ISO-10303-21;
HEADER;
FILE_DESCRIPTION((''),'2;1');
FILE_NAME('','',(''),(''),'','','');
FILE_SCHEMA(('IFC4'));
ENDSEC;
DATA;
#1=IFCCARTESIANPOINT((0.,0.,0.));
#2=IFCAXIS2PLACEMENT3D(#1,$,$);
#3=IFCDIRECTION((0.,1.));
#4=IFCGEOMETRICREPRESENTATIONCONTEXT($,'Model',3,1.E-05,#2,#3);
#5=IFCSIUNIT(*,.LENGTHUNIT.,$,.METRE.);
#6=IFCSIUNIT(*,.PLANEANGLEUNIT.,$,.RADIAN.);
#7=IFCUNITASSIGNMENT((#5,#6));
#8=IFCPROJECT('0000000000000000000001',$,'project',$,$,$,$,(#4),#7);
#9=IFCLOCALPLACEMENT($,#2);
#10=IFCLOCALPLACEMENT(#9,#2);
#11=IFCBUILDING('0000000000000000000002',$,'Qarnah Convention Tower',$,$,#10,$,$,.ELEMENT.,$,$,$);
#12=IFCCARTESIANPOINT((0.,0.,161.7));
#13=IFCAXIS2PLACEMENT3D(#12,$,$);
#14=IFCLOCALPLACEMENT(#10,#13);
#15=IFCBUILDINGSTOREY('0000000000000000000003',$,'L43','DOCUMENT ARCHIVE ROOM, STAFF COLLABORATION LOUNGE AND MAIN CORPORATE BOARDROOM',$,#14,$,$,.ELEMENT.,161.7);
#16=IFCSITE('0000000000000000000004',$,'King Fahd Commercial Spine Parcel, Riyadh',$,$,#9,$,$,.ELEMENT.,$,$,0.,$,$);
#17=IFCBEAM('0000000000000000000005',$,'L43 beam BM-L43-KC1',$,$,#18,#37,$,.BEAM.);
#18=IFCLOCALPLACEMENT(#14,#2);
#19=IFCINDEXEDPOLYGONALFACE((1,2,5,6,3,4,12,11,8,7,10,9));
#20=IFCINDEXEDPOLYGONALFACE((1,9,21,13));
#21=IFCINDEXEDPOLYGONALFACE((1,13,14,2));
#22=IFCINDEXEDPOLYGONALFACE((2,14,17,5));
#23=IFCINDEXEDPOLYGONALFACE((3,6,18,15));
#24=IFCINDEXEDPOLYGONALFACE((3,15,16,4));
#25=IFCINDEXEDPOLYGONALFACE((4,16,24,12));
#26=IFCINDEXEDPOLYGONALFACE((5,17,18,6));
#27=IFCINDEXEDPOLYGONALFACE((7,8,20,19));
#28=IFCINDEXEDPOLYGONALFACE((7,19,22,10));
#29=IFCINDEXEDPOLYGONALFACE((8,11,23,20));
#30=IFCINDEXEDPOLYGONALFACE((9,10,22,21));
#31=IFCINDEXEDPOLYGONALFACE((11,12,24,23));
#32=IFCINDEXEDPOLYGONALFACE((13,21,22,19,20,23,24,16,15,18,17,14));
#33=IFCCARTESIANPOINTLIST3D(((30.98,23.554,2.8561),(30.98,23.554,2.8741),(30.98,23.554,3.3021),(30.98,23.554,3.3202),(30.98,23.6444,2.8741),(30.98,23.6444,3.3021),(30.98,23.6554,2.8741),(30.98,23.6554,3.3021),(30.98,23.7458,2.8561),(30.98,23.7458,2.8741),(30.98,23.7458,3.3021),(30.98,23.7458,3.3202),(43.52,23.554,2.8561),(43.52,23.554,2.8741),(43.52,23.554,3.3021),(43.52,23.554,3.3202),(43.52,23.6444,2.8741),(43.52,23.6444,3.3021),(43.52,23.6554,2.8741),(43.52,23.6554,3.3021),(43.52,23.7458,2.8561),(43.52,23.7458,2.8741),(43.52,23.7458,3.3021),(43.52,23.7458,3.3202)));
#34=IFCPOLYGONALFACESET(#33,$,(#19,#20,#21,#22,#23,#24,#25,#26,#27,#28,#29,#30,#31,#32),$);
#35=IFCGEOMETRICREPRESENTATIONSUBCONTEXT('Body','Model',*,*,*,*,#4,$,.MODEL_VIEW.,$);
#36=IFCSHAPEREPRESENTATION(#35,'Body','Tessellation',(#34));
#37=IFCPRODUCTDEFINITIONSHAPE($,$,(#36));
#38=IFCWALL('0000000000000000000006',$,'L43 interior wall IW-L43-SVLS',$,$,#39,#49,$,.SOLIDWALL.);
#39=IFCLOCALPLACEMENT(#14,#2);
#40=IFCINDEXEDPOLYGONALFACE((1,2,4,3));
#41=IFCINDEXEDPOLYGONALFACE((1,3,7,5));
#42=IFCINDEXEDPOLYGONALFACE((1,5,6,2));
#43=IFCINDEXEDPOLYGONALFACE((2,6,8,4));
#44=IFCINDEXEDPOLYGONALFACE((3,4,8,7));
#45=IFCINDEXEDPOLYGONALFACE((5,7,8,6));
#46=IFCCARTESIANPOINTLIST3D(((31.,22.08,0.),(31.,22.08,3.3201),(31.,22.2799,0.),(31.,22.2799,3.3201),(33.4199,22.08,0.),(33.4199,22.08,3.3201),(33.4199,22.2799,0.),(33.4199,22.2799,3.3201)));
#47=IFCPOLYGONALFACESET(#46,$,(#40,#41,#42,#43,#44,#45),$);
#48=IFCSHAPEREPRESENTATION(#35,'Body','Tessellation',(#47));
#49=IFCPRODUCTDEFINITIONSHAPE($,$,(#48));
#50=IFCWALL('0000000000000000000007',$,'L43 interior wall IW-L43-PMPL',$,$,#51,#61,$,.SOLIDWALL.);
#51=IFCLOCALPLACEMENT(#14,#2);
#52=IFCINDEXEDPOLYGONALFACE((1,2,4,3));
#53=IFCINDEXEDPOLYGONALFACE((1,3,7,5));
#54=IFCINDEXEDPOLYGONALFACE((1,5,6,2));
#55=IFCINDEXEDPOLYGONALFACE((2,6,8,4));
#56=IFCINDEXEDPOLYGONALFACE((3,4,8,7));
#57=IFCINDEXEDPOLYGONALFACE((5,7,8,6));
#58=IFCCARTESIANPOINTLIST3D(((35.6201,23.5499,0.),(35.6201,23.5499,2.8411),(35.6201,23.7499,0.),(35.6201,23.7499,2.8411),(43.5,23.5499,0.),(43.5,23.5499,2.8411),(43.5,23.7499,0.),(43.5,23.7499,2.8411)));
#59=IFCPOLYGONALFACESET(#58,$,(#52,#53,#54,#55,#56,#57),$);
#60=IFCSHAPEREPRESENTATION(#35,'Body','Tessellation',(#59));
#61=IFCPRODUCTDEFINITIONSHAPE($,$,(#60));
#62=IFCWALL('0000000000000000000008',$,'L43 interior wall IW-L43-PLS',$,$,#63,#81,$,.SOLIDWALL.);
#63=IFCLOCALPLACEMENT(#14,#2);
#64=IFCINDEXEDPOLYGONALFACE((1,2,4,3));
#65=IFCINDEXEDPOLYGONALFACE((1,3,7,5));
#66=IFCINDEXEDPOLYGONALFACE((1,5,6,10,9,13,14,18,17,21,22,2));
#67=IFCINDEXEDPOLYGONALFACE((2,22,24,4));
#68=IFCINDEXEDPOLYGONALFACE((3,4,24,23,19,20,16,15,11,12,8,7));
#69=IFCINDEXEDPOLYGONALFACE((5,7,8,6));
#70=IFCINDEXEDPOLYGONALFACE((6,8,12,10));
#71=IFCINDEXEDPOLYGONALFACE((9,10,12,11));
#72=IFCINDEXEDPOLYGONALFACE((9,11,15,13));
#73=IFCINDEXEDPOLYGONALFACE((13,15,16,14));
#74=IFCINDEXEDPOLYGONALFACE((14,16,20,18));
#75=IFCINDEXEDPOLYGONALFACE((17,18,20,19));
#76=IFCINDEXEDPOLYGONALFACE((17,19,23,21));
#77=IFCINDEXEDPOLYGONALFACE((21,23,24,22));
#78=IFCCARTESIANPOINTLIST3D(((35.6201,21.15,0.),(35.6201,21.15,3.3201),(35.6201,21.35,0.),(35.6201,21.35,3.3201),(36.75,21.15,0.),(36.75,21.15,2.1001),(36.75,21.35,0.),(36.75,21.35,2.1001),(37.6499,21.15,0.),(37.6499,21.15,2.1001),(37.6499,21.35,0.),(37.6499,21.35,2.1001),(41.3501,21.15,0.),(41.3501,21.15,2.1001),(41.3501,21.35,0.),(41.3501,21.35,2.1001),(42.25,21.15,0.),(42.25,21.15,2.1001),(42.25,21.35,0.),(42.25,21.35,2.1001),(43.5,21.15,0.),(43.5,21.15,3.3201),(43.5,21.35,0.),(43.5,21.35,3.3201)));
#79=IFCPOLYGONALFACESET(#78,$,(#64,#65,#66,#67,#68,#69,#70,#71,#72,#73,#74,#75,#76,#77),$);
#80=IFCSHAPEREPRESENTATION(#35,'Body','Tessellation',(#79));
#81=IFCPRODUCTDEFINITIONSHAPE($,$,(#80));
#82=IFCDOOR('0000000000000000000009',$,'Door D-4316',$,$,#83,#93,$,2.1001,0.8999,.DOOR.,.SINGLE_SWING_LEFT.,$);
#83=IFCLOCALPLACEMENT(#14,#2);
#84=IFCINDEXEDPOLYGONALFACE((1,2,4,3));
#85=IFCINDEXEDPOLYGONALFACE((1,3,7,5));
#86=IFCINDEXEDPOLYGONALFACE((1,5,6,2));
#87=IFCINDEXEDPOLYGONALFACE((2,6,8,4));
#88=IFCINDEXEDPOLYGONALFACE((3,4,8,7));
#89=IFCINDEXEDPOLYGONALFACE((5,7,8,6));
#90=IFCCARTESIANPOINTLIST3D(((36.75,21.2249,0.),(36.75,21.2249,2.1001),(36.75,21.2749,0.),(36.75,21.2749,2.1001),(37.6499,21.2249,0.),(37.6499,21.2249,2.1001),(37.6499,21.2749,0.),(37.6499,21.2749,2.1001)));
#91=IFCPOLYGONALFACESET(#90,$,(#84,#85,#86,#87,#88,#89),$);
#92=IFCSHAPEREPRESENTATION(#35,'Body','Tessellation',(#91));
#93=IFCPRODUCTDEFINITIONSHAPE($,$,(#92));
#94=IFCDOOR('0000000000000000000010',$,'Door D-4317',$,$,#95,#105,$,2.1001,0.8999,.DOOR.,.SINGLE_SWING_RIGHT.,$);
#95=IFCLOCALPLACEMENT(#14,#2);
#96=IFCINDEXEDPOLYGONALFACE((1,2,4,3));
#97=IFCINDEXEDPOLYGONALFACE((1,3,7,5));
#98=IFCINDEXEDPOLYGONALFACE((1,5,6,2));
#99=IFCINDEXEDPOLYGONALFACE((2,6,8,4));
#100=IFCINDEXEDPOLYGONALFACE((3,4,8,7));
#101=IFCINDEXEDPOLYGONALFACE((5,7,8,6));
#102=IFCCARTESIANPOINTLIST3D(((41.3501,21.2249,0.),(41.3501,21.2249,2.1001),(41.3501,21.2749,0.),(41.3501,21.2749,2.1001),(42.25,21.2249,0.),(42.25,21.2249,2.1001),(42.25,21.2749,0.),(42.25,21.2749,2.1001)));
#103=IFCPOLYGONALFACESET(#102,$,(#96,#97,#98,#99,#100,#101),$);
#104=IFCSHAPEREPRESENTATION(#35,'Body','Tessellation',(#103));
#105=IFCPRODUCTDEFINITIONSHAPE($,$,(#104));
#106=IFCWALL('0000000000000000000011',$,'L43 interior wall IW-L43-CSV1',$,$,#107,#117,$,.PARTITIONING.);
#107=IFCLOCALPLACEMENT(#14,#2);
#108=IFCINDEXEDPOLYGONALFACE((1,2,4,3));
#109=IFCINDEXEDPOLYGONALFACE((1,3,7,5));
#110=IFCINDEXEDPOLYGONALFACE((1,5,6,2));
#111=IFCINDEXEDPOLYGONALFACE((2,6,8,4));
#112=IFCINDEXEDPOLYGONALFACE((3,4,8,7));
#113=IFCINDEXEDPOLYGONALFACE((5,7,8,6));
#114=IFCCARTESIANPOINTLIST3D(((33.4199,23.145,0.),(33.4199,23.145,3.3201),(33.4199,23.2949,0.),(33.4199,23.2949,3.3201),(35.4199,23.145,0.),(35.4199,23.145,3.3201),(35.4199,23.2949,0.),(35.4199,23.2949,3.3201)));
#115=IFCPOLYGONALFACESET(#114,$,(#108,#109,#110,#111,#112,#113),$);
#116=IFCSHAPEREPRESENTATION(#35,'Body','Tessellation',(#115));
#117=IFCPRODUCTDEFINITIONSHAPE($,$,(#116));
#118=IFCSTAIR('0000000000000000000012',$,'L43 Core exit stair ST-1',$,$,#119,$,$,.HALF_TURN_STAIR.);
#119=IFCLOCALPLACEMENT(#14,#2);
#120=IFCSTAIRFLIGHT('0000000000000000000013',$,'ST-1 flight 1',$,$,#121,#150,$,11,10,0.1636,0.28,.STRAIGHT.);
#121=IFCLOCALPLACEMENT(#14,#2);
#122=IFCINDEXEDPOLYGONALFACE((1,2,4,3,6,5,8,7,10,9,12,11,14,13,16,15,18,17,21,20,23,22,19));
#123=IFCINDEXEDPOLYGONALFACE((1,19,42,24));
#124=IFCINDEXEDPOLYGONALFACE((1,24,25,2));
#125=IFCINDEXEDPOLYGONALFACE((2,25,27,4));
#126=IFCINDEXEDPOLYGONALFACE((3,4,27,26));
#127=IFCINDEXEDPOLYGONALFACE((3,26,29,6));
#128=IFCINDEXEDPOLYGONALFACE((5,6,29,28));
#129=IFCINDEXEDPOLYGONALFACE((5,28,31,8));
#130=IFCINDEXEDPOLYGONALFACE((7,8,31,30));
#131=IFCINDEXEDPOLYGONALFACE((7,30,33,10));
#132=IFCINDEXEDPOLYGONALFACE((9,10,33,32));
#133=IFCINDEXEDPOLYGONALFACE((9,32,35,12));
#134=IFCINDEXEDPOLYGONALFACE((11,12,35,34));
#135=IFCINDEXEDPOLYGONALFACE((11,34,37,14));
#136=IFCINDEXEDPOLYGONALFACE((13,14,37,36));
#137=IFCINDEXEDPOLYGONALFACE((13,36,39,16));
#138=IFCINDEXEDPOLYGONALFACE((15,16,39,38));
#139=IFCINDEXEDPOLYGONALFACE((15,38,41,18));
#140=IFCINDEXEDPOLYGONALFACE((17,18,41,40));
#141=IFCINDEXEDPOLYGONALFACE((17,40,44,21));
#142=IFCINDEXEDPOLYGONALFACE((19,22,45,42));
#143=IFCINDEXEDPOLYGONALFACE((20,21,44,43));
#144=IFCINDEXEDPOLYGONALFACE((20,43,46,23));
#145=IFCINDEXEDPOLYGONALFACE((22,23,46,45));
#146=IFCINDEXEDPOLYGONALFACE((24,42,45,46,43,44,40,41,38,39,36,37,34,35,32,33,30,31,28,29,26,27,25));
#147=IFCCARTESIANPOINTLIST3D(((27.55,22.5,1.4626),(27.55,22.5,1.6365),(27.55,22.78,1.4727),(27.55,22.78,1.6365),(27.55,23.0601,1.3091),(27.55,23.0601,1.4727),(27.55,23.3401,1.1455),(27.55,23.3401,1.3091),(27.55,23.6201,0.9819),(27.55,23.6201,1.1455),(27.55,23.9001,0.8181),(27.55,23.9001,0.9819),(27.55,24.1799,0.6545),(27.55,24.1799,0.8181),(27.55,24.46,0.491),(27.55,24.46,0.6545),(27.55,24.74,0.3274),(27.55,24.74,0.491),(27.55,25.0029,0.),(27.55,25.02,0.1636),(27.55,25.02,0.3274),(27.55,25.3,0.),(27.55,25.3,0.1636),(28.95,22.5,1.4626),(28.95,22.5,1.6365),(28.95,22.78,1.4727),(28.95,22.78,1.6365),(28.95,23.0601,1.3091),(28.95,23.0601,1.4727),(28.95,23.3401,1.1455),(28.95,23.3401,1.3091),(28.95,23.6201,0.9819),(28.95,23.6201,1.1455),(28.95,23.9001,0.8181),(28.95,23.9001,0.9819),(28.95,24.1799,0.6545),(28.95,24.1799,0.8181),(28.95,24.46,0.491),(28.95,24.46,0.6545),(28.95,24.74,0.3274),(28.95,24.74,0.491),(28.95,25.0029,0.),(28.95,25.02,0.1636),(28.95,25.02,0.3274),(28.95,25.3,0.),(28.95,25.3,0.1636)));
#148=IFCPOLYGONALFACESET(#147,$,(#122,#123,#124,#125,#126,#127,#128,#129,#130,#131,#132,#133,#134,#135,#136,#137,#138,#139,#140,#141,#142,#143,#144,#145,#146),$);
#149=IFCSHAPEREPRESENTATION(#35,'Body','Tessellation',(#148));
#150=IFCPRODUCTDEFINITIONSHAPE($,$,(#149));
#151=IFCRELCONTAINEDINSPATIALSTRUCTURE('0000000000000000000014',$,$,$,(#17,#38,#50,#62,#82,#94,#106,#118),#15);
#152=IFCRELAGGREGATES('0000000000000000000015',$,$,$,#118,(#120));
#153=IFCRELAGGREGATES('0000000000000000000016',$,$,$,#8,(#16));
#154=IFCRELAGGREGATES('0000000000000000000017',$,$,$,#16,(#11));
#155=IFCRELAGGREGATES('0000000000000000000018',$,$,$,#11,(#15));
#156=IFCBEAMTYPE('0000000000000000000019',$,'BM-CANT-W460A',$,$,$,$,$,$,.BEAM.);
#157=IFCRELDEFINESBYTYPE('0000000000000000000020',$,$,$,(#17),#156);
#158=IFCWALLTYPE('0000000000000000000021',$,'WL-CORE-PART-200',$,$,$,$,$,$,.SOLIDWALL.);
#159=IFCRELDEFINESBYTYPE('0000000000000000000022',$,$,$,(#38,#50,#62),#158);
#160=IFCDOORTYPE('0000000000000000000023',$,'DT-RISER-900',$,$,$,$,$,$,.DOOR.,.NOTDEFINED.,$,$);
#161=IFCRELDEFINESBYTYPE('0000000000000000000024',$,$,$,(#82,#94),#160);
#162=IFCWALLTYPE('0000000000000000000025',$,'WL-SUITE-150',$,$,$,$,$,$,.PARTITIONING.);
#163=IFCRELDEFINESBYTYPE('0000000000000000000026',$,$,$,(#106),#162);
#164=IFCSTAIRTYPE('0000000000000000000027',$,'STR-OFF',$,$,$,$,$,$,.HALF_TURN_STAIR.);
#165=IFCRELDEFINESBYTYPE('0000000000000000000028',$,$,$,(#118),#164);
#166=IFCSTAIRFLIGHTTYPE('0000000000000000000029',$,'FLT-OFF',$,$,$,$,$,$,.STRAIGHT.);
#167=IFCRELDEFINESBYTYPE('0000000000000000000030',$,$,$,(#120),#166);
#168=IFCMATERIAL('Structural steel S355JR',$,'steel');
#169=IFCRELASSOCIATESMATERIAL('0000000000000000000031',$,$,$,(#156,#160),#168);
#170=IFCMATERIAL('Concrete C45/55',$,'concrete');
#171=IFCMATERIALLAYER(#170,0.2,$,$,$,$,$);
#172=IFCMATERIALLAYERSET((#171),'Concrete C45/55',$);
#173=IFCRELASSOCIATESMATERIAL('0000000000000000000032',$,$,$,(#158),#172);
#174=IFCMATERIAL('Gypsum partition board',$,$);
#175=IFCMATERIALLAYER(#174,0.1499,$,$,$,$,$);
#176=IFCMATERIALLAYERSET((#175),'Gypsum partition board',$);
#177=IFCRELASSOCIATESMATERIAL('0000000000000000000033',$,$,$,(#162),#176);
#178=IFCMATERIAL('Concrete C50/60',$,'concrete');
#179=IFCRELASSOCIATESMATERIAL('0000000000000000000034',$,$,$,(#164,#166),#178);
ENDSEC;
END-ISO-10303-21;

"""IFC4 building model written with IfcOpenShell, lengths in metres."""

from ifc_helpers import new_model, si_unit, direction, frame, frame_2d, origin, origin_2d, place, context, subcontext, project, spatial, polyline, rectangle, i_section, outline, extrude, material, layer, layer_set, material_profile, profile_set, type_object, element, fill, aggregate, save


model = new_model("IFC4")

# Units and contexts
model_context = context("Model", 3, precision=1e-05, world=origin(), true_north=direction((0.0, 1.0)))
body_context = subcontext(model_context, "Body", "Model", "MODEL_VIEW")
ifc_project = project(units=[si_unit("LENGTHUNIT", "METRE"), si_unit("PLANEANGLEUNIT", "RADIAN")], contexts=[model_context])

# Site, building, storey
site_placement = place(None, origin())
site = spatial("IfcSite", under=ifc_project, at=site_placement, Name="King Fahd Commercial Spine Parcel, Riyadh", CompositionType="ELEMENT", RefElevation=0.0)
building_placement = place(site_placement, origin())
building = spatial("IfcBuilding", under=site, at=building_placement, Name="Qarnah Convention Tower", CompositionType="ELEMENT")
storey_placement = place(building_placement, frame((0.0, 0.0, 161.7)))
storey = spatial("IfcBuildingStorey", under=building, at=storey_placement, Name="L43", Description="DOCUMENT ARCHIVE ROOM, STAFF COLLABORATION LOUNGE AND MAIN CORPORATE BOARDROOM", CompositionType="ELEMENT", Elevation=161.7)

# Beam
ifc_material_1 = material(Name="Structural steel S355JR", Category="steel")
ifc_material_profile = material_profile(ifc_material_1, i_section(OverallWidth=0.1919, OverallDepth=0.4641, WebThickness=0.011, FlangeThickness=0.0181, at=origin_2d()), Name="W460X89")
ifc_profile_set = profile_set([ifc_material_profile], Name="Structural steel S355JR")
beam_type = type_object("IfcBeamType", Name="BM-CANT-W460A", PredefinedType="BEAM", material=ifc_profile_set)
beam_placement = place(storey_placement, frame((30.98, 23.6499, 3.0881), z_axis=(1.0, 0.0, 0.0), x_axis=(0.0, 1.0, 0.0)))
element("IfcBeam", 1, at=beam_placement, inside=storey, type_object=beam_type, Name="L43 beam BM-L43-KC1", PredefinedType="BEAM", context=body_context, shape_type="SweptSolid", body=[
    extrude(i_section(OverallWidth=0.1919, OverallDepth=0.4641, WebThickness=0.011, FlangeThickness=0.0181, at=origin_2d()), origin(), (0.0, 0.0, 1.0), 12.54),
])

# Shared definitions
ifc_material_2 = material(Name="Concrete C45/55", Category="concrete")
ifc_layer_1 = layer(ifc_material_2, 0.2)
ifc_layer_set_1 = layer_set([ifc_layer_1], Name="Concrete C45/55")
wall_type_1 = type_object("IfcWallType", Name="WL-CORE-PART-200", PredefinedType="SOLIDWALL", material=ifc_layer_set_1)
door_type_1 = type_object("IfcDoorType", Name="DT-RISER-900", OperationType="NOTDEFINED", PredefinedType="DOOR", material=ifc_material_1)

# Walls
wall_1_placement = place(storey_placement, frame((31.0, 22.1799, 0.0), z_axis=(0.0, 0.0, 1.0), x_axis=(1.0, 0.0, 0.0)))
element("IfcWall", 2, at=wall_1_placement, inside=storey, type_object=wall_type_1, Name="L43 interior wall IW-L43-SVLS", PredefinedType="SOLIDWALL", context=body_context, shape_type="SweptSolid", body=[
    extrude(rectangle(XDim=2.4199, YDim=0.2, at=frame_2d((1.21, 0.0))), origin(), (0.0, 0.0, 1.0), 3.3201),
])
wall_2_placement = place(storey_placement, frame((35.6201, 23.6499, 0.0), z_axis=(0.0, 0.0, 1.0), x_axis=(1.0, 0.0, 0.0)))
element("IfcWall", 3, at=wall_2_placement, inside=storey, type_object=wall_type_1, Name="L43 interior wall IW-L43-PMPL", PredefinedType="SOLIDWALL", context=body_context, shape_type="SweptSolid", body=[
    extrude(rectangle(XDim=7.8799, YDim=0.2, at=frame_2d((3.9399, 0.0))), origin(), (0.0, 0.0, 1.0), 2.8411),
])

# Wall, openings, doors
wall_3_placement = place(storey_placement, frame((35.6201, 21.25, 0.0), z_axis=(0.0, 0.0, 1.0), x_axis=(1.0, 0.0, 0.0)))
wall_3 = element("IfcWall", 4, at=wall_3_placement, inside=storey, type_object=wall_type_1, Name="L43 interior wall IW-L43-PLS", PredefinedType="SOLIDWALL", context=body_context, shape_type="SweptSolid", body=[
    extrude(rectangle(XDim=7.8799, YDim=0.2, at=frame_2d((3.9399, 0.0))), origin(), (0.0, 0.0, 1.0), 3.3201),
])
opening_1_placement = place(wall_3_placement, frame((1.1299, 0.0, 0.0)))
opening_1 = element("IfcOpeningElement", 5, at=opening_1_placement, cuts=wall_3, PredefinedType="OPENING", context=body_context, shape_type="SweptSolid", body=[
    extrude(rectangle(XDim=0.8999, YDim=2.1001, at=frame_2d((0.45, 1.05))), frame((0.0, 0.1099, 0.0), z_axis=(0.0, -1.0, 0.0), x_axis=(1.0, 0.0, 0.0)), (0.0, 0.0, 1.0), 0.22),
])
opening_2_placement = place(wall_3_placement, frame((5.73, 0.0, 0.0)))
opening_2 = element("IfcOpeningElement", 6, at=opening_2_placement, cuts=wall_3, PredefinedType="OPENING", context=body_context, shape_type="SweptSolid", body=[
    extrude(rectangle(XDim=0.8999, YDim=2.1001, at=frame_2d((0.45, 1.05))), frame((0.0, 0.1099, 0.0), z_axis=(0.0, -1.0, 0.0), x_axis=(1.0, 0.0, 0.0)), (0.0, 0.0, 1.0), 0.22),
])
door_1_placement = place(opening_1_placement, origin())
door_1 = element("IfcDoor", 7, at=door_1_placement, inside=storey, type_object=door_type_1, Name="Door D-4316", OperationType="SINGLE_SWING_LEFT", OverallHeight=2.1001, OverallWidth=0.8999, PredefinedType="DOOR", context=body_context, shape_type="SweptSolid", body=[
    extrude(rectangle(XDim=0.8999, YDim=2.1001, at=frame_2d((0.45, 1.05))), frame((0.0, 0.0249, 0.0), z_axis=(0.0, -1.0, 0.0), x_axis=(1.0, 0.0, 0.0)), (0.0, 0.0, 1.0), 0.05),
])
fill(opening_1, door_1)
door_2_placement = place(opening_2_placement, origin())
door_2 = element("IfcDoor", 8, at=door_2_placement, inside=storey, type_object=door_type_1, Name="Door D-4317", OperationType="SINGLE_SWING_RIGHT", OverallHeight=2.1001, OverallWidth=0.8999, PredefinedType="DOOR", context=body_context, shape_type="SweptSolid", body=[
    extrude(rectangle(XDim=0.8999, YDim=2.1001, at=frame_2d((0.45, 1.05))), frame((0.0, 0.0249, 0.0), z_axis=(0.0, -1.0, 0.0), x_axis=(1.0, 0.0, 0.0)), (0.0, 0.0, 1.0), 0.05),
])
fill(opening_2, door_2)

# Wall
ifc_material_3 = material(Name="Gypsum partition board")
ifc_layer_2 = layer(ifc_material_3, 0.1499)
ifc_layer_set_2 = layer_set([ifc_layer_2], Name="Gypsum partition board")
wall_type_2 = type_object("IfcWallType", Name="WL-SUITE-150", PredefinedType="PARTITIONING", material=ifc_layer_set_2)
wall_4_placement = place(storey_placement, frame((33.4199, 23.22, 0.0), z_axis=(0.0, 0.0, 1.0), x_axis=(1.0, 0.0, 0.0)))
element("IfcWall", 9, at=wall_4_placement, inside=storey, type_object=wall_type_2, Name="L43 interior wall IW-L43-CSV1", PredefinedType="PARTITIONING", context=body_context, shape_type="SweptSolid", body=[
    extrude(rectangle(XDim=2.0, YDim=0.1499, at=frame_2d((1.0, 0.0))), origin(), (0.0, 0.0, 1.0), 3.3201),
])

# Stair, stair flight
ifc_material_4 = material(Name="Concrete C50/60", Category="concrete")
stair_type = type_object("IfcStairType", Name="STR-OFF", PredefinedType="HALF_TURN_STAIR", material=ifc_material_4)
stair_placement = place(storey_placement, origin())
stair = element("IfcStair", 10, at=stair_placement, inside=storey, type_object=stair_type, Name="L43 Core exit stair ST-1", PredefinedType="HALF_TURN_STAIR")
stair_flight_type = type_object("IfcStairFlightType", Name="FLT-OFF", PredefinedType="STRAIGHT", material=ifc_material_4)
stair_flight_1_placement = place(storey_placement, frame((28.25, 25.3, 0.0), z_axis=(0.0, 0.0, 1.0), x_axis=(0.0, -1.0, 0.0)))
stair_flight_1 = element("IfcStairFlight", 11, at=stair_flight_1_placement, type_object=stair_flight_type, Name="ST-1 flight 1", NumberOfRisers=11, NumberOfTreads=10, PredefinedType="STRAIGHT", RiserHeight=0.1636, TreadLength=0.28, context=body_context, shape_type="SweptSolid", body=[
    extrude(outline(polyline([(0.0, 0.0), (0.0, 0.1636), (0.28, 0.1636), (0.28, 0.3274), (0.5601, 0.3274), (0.5601, 0.491), (0.8401, 0.491), (0.8401, 0.6545), (1.1201, 0.6545), (1.1201, 0.8181), (1.3999, 0.8181), (1.3999, 0.9819), (1.6799, 0.9819), (1.6799, 1.1455), (1.96, 1.1455), (1.96, 1.3091), (2.24, 1.3091), (2.24, 1.4727), (2.52, 1.4727), (2.52, 1.6365), (2.8, 1.6365), (2.8, 1.8), (2.8, 1.4626), (0.2971, 0.0), (0.0, 0.0)])), frame((0.0, 0.7, 0.0), z_axis=(0.0, -1.0, 0.0), x_axis=(1.0, 0.0, 0.0)), (0.0, 0.0, 1.0), 1.3999),
])
aggregate(stair, [stair_flight_1])

save(model, "model.ifc")
